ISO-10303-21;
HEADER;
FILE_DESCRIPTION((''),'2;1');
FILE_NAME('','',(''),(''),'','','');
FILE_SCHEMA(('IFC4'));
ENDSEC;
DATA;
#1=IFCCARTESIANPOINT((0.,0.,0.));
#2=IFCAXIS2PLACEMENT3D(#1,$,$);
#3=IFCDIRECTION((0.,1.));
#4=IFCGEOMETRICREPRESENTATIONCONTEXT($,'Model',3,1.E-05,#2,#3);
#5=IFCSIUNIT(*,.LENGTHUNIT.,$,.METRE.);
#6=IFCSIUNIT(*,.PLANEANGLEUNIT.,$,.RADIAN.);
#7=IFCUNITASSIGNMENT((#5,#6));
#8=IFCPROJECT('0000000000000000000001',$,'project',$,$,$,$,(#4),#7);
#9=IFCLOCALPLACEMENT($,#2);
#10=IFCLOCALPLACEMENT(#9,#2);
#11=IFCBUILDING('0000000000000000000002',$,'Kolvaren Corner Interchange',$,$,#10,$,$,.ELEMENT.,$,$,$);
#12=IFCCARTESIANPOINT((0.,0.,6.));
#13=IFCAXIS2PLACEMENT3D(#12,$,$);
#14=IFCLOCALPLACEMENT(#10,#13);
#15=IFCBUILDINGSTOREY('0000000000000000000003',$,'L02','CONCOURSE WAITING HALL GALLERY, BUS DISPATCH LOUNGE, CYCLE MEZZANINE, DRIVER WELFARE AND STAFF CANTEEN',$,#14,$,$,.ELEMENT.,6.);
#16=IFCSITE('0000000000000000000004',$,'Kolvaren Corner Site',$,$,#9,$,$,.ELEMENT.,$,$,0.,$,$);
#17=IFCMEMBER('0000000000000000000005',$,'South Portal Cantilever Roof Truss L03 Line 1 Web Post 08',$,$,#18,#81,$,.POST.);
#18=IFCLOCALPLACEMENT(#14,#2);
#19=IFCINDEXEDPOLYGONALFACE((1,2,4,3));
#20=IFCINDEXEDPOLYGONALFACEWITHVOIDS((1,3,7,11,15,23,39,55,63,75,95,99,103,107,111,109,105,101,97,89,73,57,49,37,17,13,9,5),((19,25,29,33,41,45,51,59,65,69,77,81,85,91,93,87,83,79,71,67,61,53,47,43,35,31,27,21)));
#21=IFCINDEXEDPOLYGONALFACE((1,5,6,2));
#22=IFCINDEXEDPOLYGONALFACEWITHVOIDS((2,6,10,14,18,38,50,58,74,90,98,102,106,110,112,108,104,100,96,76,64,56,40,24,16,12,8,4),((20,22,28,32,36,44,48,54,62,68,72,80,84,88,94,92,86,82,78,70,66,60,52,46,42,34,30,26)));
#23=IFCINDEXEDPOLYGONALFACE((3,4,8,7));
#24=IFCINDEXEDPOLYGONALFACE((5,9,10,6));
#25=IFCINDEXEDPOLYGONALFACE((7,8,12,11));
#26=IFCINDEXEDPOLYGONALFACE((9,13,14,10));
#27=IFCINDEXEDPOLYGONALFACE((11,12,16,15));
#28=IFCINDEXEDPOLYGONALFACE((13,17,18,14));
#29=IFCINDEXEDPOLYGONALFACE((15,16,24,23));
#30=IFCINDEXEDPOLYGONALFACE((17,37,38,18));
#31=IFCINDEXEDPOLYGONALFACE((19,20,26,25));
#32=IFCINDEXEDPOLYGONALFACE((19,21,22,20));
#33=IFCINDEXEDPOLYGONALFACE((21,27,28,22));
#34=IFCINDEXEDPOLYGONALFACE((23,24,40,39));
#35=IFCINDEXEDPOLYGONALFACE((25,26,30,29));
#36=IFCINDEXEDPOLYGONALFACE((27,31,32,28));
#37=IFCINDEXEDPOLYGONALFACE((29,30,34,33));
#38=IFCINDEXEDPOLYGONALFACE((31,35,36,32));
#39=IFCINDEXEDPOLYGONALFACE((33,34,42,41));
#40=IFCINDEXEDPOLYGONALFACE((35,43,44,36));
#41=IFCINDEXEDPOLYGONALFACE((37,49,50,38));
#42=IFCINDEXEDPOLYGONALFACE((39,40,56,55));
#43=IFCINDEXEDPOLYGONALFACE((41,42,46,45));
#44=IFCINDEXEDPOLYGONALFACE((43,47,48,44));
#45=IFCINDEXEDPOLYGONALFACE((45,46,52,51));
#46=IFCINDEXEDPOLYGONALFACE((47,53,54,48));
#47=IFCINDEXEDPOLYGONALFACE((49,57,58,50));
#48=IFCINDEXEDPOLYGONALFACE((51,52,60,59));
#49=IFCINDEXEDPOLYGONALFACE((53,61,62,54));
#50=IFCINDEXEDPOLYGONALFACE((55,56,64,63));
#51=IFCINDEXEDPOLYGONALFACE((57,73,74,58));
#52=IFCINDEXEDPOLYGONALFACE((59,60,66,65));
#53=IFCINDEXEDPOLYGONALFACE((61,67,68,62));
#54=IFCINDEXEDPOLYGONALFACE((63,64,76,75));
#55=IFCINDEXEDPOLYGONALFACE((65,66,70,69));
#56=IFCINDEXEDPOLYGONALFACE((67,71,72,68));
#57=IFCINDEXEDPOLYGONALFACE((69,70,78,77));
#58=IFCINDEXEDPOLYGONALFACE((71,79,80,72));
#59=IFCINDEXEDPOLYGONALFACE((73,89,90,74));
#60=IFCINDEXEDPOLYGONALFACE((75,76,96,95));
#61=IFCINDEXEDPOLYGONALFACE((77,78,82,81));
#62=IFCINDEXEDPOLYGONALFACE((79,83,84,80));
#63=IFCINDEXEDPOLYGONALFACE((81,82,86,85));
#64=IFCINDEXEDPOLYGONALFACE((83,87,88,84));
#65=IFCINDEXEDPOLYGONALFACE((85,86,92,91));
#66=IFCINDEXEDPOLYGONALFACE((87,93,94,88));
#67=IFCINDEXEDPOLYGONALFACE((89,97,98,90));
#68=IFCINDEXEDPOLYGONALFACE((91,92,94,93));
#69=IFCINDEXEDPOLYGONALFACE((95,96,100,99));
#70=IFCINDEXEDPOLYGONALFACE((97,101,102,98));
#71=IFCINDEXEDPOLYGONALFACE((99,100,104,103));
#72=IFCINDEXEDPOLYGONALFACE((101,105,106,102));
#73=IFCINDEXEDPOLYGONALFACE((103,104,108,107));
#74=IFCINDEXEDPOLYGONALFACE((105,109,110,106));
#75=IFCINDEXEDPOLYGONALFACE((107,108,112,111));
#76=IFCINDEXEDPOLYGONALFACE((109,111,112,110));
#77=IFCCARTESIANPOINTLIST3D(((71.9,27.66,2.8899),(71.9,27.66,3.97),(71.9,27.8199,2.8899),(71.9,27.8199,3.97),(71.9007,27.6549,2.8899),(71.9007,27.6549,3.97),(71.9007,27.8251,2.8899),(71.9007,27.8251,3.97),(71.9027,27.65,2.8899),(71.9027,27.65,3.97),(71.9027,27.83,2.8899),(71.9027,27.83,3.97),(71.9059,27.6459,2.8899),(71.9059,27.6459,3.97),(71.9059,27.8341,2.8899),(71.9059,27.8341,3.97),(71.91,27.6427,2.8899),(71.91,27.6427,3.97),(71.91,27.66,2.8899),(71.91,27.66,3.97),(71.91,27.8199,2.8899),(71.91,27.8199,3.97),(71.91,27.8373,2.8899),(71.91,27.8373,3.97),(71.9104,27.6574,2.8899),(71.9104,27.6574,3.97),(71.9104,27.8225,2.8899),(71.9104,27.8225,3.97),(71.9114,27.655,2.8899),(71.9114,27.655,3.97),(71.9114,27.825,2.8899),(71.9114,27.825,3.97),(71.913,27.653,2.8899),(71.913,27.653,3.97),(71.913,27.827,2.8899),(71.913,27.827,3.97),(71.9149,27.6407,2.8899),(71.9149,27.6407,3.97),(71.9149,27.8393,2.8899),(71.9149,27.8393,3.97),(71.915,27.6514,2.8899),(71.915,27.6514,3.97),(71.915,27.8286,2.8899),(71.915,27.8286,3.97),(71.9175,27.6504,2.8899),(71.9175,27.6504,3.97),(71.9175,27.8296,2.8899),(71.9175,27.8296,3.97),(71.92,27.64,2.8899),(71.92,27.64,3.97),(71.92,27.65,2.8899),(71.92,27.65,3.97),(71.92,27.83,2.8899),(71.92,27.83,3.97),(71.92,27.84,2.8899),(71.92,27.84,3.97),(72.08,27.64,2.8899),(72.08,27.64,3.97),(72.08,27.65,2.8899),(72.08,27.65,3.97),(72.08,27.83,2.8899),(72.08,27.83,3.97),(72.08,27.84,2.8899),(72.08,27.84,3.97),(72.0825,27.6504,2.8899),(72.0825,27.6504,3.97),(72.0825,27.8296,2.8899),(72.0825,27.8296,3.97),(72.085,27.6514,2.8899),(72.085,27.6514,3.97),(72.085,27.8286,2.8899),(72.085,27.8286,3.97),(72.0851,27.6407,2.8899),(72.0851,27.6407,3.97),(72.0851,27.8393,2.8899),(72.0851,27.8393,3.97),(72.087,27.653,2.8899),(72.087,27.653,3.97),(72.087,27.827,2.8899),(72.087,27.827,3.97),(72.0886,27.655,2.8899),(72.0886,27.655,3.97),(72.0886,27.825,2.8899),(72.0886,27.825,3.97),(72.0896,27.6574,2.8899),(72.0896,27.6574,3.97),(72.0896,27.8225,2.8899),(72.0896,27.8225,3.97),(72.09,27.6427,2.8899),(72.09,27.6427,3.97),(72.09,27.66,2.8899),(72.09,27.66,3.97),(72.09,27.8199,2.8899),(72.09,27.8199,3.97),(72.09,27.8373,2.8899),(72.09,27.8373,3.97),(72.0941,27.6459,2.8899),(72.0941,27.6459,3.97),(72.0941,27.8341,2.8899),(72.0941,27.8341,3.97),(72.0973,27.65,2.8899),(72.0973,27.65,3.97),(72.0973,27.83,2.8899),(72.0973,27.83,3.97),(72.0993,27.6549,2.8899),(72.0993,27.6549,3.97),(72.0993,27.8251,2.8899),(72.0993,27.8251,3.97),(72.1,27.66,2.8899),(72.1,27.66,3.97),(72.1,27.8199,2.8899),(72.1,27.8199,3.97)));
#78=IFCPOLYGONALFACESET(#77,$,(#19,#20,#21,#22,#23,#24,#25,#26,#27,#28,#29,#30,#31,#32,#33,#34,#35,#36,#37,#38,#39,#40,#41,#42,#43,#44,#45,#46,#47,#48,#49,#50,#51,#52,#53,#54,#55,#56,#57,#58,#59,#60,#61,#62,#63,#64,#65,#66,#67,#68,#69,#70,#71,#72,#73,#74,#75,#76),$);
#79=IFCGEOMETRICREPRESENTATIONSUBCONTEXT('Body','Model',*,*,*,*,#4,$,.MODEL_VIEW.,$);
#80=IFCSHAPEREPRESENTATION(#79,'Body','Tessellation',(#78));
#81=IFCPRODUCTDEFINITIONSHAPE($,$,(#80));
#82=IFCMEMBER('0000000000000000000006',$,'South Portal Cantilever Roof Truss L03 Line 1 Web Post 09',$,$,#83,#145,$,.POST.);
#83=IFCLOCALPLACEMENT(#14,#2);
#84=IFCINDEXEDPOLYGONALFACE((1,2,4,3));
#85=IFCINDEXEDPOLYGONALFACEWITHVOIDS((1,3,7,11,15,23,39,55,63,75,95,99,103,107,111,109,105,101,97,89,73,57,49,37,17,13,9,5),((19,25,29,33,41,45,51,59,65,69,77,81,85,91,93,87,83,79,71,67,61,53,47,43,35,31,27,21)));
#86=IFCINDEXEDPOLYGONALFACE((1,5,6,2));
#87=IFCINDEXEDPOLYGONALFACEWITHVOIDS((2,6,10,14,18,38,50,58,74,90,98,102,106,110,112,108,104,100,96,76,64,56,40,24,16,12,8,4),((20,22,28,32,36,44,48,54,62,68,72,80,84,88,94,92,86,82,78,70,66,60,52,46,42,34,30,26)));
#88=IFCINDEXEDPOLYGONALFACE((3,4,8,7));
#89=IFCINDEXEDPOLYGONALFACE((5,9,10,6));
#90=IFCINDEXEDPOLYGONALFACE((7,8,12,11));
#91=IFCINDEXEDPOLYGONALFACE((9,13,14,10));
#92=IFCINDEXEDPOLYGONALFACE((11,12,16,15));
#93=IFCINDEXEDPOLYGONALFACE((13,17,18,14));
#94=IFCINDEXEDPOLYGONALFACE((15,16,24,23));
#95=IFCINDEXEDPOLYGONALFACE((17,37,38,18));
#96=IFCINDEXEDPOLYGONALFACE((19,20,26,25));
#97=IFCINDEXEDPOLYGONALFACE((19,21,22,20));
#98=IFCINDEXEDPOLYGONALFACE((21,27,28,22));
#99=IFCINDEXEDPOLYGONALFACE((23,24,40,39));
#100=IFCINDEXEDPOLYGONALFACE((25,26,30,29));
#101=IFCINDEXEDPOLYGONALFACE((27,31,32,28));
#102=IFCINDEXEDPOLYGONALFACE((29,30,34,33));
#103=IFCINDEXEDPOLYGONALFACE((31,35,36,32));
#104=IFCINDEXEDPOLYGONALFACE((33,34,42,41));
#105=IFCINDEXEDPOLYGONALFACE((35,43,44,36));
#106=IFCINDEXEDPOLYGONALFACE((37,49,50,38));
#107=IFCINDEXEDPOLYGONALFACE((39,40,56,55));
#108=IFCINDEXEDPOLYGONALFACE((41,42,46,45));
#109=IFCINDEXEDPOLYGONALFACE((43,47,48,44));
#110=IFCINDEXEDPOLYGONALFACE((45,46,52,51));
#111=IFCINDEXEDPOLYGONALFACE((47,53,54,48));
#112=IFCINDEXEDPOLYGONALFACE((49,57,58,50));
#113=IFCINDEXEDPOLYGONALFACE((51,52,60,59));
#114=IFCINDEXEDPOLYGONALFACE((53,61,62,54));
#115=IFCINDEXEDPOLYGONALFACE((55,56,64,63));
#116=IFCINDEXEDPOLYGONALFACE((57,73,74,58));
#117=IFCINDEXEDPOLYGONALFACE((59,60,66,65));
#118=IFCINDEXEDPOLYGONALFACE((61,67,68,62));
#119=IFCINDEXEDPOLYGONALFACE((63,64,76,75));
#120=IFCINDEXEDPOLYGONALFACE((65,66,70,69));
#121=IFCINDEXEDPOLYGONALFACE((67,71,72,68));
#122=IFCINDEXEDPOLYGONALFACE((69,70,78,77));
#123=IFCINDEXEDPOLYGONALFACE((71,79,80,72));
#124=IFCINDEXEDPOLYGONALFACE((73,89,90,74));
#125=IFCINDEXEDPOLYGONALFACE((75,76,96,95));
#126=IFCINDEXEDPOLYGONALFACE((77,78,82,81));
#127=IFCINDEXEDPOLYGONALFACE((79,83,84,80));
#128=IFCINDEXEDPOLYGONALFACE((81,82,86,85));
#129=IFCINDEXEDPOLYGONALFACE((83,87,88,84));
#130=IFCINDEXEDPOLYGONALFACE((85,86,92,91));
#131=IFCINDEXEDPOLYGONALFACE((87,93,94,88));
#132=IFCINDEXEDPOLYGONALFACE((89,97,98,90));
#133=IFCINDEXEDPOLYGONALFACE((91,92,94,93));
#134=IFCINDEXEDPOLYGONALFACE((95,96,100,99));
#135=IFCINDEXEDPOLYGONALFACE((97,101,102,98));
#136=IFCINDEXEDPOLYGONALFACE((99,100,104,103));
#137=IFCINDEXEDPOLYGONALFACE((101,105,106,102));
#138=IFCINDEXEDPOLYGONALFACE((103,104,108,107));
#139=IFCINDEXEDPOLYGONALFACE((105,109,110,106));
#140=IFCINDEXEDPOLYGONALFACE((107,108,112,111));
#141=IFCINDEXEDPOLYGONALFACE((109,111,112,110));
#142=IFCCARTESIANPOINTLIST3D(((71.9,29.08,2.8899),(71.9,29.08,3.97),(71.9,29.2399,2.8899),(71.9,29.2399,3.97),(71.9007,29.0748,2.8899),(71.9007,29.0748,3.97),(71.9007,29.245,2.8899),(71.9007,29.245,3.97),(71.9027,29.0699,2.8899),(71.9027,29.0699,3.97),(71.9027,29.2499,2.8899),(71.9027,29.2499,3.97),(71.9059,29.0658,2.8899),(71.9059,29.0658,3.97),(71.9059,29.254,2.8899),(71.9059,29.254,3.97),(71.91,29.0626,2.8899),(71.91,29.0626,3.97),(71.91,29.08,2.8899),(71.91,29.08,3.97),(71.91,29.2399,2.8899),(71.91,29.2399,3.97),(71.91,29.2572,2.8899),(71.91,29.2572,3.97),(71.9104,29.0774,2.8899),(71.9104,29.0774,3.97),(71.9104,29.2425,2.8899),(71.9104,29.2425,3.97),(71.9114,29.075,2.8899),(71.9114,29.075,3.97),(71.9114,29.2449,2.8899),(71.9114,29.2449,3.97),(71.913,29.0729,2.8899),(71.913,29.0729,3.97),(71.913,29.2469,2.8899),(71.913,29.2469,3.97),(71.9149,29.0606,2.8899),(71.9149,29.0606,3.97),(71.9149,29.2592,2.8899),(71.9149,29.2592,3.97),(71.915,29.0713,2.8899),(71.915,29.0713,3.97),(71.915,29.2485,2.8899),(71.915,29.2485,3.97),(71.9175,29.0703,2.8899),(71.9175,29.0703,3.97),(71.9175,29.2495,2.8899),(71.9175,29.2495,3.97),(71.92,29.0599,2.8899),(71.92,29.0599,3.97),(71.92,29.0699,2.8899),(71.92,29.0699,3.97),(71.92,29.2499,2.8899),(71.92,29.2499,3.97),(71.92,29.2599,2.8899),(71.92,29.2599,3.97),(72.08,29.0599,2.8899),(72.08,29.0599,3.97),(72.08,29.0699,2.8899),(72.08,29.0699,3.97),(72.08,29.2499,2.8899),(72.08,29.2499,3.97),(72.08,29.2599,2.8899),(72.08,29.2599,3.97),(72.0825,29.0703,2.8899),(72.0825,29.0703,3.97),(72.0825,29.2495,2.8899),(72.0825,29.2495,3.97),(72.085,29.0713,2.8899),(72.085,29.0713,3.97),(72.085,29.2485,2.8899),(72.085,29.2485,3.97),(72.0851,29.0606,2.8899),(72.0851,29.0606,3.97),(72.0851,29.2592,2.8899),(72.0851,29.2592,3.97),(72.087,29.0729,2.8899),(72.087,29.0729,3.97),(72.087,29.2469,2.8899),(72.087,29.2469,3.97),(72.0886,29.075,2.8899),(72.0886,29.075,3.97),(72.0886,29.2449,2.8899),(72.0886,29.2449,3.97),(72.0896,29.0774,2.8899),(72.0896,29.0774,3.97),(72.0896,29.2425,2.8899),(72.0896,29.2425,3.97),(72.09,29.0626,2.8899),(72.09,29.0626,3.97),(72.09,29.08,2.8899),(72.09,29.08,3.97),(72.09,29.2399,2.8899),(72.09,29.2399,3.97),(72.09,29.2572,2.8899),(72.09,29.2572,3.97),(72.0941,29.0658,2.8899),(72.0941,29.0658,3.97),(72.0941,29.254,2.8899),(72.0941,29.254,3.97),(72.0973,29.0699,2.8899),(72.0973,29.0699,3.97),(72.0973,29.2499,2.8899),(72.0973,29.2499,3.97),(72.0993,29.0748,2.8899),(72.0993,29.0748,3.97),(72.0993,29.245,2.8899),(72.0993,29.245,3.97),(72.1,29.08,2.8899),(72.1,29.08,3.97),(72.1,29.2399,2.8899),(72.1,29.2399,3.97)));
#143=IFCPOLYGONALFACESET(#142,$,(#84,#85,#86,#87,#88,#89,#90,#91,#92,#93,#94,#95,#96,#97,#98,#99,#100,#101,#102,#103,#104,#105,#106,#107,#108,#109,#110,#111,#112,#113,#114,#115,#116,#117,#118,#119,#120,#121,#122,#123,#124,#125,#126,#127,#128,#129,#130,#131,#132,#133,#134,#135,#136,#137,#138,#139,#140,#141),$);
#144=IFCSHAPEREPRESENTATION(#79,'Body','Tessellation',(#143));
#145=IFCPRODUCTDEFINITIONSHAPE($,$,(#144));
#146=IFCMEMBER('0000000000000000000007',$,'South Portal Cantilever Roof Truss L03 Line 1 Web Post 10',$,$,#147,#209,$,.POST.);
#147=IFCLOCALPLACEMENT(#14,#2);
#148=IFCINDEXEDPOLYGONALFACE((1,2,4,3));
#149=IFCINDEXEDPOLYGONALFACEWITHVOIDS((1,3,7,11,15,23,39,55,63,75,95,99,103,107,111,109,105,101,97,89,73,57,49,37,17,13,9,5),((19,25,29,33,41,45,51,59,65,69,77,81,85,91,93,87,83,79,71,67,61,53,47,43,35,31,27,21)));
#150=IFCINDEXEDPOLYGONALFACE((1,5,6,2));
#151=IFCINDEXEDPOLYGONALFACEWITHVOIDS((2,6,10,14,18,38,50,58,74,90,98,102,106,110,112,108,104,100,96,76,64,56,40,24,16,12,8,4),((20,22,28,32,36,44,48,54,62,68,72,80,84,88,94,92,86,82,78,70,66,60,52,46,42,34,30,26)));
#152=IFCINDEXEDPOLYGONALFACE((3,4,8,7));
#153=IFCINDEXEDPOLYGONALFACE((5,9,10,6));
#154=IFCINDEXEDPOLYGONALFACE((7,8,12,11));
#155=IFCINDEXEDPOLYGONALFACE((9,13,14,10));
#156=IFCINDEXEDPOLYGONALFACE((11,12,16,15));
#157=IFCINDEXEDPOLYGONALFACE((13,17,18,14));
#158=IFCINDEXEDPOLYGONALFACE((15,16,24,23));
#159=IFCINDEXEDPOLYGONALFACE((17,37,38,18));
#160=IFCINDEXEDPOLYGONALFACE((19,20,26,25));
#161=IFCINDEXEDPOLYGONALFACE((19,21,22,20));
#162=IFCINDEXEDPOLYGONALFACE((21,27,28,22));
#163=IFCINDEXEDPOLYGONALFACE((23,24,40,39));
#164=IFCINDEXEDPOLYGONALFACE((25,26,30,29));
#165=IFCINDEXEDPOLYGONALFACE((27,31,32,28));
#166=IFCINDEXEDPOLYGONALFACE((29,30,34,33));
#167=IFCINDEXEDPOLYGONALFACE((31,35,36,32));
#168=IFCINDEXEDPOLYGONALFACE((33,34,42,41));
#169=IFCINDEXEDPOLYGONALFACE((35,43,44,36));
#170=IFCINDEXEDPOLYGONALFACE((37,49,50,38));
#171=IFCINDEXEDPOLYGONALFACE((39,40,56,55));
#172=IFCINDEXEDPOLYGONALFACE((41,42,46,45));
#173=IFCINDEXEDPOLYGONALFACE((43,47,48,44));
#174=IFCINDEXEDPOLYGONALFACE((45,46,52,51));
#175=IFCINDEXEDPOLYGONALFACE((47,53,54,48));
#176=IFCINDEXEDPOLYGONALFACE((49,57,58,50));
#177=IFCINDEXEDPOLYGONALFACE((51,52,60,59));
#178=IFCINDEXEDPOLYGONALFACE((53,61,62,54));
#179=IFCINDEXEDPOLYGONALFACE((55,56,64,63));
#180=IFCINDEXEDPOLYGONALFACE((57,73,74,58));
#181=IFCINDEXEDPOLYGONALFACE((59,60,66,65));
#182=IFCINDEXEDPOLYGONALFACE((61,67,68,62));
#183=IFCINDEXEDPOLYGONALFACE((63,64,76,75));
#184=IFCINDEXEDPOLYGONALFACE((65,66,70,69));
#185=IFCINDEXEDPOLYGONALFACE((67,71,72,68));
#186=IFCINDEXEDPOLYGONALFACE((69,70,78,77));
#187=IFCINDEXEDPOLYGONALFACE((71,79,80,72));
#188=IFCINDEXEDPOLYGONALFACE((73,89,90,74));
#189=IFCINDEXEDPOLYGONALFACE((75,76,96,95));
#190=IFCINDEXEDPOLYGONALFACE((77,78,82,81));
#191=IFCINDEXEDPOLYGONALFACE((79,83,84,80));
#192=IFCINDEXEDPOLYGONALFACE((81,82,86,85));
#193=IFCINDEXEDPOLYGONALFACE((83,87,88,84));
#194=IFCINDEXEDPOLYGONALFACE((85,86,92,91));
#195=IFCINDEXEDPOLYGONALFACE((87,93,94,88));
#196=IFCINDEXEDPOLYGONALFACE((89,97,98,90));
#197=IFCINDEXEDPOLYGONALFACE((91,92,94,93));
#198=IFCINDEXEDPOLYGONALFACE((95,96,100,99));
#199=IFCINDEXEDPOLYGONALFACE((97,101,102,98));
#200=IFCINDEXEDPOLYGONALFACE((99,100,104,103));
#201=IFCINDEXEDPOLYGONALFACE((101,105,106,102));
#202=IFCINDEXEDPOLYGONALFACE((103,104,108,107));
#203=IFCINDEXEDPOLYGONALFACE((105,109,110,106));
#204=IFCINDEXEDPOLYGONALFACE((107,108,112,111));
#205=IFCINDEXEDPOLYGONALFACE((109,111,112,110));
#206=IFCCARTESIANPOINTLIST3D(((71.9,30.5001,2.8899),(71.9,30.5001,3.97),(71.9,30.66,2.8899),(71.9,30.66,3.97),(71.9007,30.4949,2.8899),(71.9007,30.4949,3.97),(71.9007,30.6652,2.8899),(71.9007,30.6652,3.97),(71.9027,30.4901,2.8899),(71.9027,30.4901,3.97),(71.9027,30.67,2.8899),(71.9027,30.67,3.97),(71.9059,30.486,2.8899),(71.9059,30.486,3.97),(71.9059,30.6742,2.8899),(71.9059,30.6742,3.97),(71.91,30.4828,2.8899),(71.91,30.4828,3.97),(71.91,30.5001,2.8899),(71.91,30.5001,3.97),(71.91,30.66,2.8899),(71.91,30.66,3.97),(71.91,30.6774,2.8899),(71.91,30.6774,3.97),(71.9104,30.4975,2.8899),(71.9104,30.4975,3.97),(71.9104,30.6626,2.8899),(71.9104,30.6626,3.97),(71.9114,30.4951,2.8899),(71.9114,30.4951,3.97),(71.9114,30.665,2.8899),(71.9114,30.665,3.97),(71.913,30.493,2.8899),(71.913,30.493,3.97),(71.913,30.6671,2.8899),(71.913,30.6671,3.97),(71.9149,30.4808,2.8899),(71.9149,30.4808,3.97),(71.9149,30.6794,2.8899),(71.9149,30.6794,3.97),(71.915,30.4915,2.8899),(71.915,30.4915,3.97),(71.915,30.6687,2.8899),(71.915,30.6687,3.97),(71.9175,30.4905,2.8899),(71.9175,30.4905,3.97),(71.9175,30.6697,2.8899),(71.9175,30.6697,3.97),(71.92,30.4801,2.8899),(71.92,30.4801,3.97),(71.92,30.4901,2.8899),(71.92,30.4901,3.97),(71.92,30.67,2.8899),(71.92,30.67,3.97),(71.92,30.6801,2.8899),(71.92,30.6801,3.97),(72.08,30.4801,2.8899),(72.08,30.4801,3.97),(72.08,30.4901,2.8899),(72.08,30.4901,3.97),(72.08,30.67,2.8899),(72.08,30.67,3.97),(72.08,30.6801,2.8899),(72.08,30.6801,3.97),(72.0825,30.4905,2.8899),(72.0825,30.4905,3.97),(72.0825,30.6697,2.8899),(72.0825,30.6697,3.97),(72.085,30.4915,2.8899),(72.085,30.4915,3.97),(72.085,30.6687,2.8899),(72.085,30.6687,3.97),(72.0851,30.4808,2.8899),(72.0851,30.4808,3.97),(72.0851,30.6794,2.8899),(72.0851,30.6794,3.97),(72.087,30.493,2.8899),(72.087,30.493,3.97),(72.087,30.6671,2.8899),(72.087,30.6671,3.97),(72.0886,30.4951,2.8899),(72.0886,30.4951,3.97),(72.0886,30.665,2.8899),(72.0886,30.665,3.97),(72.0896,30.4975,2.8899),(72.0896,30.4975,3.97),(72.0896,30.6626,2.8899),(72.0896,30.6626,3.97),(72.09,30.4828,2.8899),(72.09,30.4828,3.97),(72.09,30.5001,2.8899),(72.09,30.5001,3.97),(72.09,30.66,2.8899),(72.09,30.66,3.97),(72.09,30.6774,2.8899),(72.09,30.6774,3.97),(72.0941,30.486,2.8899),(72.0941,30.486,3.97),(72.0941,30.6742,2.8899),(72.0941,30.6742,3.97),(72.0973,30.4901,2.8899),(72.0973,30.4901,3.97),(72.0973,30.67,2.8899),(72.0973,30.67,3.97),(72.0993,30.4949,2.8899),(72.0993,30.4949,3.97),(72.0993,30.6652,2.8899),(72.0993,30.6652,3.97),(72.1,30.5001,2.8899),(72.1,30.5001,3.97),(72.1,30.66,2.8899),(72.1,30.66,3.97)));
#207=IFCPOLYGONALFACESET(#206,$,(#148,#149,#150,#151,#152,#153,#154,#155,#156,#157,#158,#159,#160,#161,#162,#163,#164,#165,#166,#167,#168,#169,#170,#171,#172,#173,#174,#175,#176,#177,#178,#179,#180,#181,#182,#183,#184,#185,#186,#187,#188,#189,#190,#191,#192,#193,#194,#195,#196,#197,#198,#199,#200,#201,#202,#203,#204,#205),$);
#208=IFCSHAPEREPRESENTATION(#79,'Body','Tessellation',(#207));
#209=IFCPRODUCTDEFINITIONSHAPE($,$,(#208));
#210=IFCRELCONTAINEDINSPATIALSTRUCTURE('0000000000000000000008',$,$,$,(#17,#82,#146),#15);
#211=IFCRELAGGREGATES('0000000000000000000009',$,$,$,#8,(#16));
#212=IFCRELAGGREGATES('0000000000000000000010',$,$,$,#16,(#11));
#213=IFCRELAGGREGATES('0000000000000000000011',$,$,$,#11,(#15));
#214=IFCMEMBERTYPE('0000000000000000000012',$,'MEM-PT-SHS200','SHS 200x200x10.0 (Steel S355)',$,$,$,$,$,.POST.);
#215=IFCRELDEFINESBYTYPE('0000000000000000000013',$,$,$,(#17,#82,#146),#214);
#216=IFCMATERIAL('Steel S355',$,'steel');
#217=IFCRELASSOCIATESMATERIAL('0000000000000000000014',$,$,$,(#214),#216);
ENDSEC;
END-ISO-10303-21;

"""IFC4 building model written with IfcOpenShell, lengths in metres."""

from ifc_helpers import new_model, si_unit, direction, frame, origin, origin_2d, place, context, subcontext, project, spatial, hollow_rectangle, extrude, material, material_profile, profile_set, type_object, element, save


model = new_model("IFC4")

# Units and contexts
model_context = context("Model", 3, precision=1e-05, world=origin(), true_north=direction((0.0, 1.0)))
body_context = subcontext(model_context, "Body", "Model", "MODEL_VIEW")
ifc_project = project(units=[si_unit("LENGTHUNIT", "METRE"), si_unit("PLANEANGLEUNIT", "RADIAN")], contexts=[model_context])

# Site, building, storey
site_placement = place(None, origin())
site = spatial("IfcSite", under=ifc_project, at=site_placement, Name="Kolvaren Corner Site", CompositionType="ELEMENT", RefElevation=0.0)
building_placement = place(site_placement, origin())
building = spatial("IfcBuilding", under=site, at=building_placement, Name="Kolvaren Corner Interchange", CompositionType="ELEMENT")
storey_placement = place(building_placement, frame((0.0, 0.0, 6.0)))
storey = spatial("IfcBuildingStorey", under=building, at=storey_placement, Name="L02", Description="CONCOURSE WAITING HALL GALLERY, BUS DISPATCH LOUNGE, CYCLE MEZZANINE, DRIVER WELFARE AND STAFF CANTEEN", CompositionType="ELEMENT", Elevation=6.0)

# Members
ifc_material_1 = material(Name="Steel S355", Category="steel")
ifc_material_profile_1 = material_profile(ifc_material_1, hollow_rectangle(XDim=0.2, YDim=0.2, WallThickness=0.01, InnerFilletRadius=0.01, OuterFilletRadius=0.02, at=origin_2d()), Name="SHS 200x200x10.0")
ifc_profile_set_1 = profile_set([ifc_material_profile_1], Name="Steel S355")
member_type_1 = type_object("IfcMemberType", Name="MEM-PT-SHS200", Description="SHS 200x200x10.0 (Steel S355)", PredefinedType="POST", material=ifc_profile_set_1)
for number, where, z_axis, x_axis, name in (
    (1, (72.0, 27.74, 2.8899), (0.0, 0.0, 1.0), (1.0, 0.0, 0.0), "South Portal Cantilever Roof Truss L03 Line 1 Web Post 08"),
    (2, (72.0, 29.1599, 2.8899), (0.0, 0.0, 1.0), (1.0, 0.0, 0.0), "South Portal Cantilever Roof Truss L03 Line 1 Web Post 09"),
    (3, (72.0, 30.5801, 2.8899), (0.0, 0.0, 1.0), (1.0, 0.0, 0.0), "South Portal Cantilever Roof Truss L03 Line 1 Web Post 10"),
):
    element("IfcMember", number, at=place(storey_placement, frame(where, z_axis=z_axis, x_axis=x_axis)), inside=storey, type_object=member_type_1, Name=name, PredefinedType="POST", context=body_context, shape_type="SweptSolid", body=[
        extrude(hollow_rectangle(XDim=0.2, YDim=0.2, WallThickness=0.01, InnerFilletRadius=0.01, OuterFilletRadius=0.02, at=origin_2d()), origin(), (0.0, 0.0, 1.0), 1.0801),
    ])

save(model, "model.ifc")
